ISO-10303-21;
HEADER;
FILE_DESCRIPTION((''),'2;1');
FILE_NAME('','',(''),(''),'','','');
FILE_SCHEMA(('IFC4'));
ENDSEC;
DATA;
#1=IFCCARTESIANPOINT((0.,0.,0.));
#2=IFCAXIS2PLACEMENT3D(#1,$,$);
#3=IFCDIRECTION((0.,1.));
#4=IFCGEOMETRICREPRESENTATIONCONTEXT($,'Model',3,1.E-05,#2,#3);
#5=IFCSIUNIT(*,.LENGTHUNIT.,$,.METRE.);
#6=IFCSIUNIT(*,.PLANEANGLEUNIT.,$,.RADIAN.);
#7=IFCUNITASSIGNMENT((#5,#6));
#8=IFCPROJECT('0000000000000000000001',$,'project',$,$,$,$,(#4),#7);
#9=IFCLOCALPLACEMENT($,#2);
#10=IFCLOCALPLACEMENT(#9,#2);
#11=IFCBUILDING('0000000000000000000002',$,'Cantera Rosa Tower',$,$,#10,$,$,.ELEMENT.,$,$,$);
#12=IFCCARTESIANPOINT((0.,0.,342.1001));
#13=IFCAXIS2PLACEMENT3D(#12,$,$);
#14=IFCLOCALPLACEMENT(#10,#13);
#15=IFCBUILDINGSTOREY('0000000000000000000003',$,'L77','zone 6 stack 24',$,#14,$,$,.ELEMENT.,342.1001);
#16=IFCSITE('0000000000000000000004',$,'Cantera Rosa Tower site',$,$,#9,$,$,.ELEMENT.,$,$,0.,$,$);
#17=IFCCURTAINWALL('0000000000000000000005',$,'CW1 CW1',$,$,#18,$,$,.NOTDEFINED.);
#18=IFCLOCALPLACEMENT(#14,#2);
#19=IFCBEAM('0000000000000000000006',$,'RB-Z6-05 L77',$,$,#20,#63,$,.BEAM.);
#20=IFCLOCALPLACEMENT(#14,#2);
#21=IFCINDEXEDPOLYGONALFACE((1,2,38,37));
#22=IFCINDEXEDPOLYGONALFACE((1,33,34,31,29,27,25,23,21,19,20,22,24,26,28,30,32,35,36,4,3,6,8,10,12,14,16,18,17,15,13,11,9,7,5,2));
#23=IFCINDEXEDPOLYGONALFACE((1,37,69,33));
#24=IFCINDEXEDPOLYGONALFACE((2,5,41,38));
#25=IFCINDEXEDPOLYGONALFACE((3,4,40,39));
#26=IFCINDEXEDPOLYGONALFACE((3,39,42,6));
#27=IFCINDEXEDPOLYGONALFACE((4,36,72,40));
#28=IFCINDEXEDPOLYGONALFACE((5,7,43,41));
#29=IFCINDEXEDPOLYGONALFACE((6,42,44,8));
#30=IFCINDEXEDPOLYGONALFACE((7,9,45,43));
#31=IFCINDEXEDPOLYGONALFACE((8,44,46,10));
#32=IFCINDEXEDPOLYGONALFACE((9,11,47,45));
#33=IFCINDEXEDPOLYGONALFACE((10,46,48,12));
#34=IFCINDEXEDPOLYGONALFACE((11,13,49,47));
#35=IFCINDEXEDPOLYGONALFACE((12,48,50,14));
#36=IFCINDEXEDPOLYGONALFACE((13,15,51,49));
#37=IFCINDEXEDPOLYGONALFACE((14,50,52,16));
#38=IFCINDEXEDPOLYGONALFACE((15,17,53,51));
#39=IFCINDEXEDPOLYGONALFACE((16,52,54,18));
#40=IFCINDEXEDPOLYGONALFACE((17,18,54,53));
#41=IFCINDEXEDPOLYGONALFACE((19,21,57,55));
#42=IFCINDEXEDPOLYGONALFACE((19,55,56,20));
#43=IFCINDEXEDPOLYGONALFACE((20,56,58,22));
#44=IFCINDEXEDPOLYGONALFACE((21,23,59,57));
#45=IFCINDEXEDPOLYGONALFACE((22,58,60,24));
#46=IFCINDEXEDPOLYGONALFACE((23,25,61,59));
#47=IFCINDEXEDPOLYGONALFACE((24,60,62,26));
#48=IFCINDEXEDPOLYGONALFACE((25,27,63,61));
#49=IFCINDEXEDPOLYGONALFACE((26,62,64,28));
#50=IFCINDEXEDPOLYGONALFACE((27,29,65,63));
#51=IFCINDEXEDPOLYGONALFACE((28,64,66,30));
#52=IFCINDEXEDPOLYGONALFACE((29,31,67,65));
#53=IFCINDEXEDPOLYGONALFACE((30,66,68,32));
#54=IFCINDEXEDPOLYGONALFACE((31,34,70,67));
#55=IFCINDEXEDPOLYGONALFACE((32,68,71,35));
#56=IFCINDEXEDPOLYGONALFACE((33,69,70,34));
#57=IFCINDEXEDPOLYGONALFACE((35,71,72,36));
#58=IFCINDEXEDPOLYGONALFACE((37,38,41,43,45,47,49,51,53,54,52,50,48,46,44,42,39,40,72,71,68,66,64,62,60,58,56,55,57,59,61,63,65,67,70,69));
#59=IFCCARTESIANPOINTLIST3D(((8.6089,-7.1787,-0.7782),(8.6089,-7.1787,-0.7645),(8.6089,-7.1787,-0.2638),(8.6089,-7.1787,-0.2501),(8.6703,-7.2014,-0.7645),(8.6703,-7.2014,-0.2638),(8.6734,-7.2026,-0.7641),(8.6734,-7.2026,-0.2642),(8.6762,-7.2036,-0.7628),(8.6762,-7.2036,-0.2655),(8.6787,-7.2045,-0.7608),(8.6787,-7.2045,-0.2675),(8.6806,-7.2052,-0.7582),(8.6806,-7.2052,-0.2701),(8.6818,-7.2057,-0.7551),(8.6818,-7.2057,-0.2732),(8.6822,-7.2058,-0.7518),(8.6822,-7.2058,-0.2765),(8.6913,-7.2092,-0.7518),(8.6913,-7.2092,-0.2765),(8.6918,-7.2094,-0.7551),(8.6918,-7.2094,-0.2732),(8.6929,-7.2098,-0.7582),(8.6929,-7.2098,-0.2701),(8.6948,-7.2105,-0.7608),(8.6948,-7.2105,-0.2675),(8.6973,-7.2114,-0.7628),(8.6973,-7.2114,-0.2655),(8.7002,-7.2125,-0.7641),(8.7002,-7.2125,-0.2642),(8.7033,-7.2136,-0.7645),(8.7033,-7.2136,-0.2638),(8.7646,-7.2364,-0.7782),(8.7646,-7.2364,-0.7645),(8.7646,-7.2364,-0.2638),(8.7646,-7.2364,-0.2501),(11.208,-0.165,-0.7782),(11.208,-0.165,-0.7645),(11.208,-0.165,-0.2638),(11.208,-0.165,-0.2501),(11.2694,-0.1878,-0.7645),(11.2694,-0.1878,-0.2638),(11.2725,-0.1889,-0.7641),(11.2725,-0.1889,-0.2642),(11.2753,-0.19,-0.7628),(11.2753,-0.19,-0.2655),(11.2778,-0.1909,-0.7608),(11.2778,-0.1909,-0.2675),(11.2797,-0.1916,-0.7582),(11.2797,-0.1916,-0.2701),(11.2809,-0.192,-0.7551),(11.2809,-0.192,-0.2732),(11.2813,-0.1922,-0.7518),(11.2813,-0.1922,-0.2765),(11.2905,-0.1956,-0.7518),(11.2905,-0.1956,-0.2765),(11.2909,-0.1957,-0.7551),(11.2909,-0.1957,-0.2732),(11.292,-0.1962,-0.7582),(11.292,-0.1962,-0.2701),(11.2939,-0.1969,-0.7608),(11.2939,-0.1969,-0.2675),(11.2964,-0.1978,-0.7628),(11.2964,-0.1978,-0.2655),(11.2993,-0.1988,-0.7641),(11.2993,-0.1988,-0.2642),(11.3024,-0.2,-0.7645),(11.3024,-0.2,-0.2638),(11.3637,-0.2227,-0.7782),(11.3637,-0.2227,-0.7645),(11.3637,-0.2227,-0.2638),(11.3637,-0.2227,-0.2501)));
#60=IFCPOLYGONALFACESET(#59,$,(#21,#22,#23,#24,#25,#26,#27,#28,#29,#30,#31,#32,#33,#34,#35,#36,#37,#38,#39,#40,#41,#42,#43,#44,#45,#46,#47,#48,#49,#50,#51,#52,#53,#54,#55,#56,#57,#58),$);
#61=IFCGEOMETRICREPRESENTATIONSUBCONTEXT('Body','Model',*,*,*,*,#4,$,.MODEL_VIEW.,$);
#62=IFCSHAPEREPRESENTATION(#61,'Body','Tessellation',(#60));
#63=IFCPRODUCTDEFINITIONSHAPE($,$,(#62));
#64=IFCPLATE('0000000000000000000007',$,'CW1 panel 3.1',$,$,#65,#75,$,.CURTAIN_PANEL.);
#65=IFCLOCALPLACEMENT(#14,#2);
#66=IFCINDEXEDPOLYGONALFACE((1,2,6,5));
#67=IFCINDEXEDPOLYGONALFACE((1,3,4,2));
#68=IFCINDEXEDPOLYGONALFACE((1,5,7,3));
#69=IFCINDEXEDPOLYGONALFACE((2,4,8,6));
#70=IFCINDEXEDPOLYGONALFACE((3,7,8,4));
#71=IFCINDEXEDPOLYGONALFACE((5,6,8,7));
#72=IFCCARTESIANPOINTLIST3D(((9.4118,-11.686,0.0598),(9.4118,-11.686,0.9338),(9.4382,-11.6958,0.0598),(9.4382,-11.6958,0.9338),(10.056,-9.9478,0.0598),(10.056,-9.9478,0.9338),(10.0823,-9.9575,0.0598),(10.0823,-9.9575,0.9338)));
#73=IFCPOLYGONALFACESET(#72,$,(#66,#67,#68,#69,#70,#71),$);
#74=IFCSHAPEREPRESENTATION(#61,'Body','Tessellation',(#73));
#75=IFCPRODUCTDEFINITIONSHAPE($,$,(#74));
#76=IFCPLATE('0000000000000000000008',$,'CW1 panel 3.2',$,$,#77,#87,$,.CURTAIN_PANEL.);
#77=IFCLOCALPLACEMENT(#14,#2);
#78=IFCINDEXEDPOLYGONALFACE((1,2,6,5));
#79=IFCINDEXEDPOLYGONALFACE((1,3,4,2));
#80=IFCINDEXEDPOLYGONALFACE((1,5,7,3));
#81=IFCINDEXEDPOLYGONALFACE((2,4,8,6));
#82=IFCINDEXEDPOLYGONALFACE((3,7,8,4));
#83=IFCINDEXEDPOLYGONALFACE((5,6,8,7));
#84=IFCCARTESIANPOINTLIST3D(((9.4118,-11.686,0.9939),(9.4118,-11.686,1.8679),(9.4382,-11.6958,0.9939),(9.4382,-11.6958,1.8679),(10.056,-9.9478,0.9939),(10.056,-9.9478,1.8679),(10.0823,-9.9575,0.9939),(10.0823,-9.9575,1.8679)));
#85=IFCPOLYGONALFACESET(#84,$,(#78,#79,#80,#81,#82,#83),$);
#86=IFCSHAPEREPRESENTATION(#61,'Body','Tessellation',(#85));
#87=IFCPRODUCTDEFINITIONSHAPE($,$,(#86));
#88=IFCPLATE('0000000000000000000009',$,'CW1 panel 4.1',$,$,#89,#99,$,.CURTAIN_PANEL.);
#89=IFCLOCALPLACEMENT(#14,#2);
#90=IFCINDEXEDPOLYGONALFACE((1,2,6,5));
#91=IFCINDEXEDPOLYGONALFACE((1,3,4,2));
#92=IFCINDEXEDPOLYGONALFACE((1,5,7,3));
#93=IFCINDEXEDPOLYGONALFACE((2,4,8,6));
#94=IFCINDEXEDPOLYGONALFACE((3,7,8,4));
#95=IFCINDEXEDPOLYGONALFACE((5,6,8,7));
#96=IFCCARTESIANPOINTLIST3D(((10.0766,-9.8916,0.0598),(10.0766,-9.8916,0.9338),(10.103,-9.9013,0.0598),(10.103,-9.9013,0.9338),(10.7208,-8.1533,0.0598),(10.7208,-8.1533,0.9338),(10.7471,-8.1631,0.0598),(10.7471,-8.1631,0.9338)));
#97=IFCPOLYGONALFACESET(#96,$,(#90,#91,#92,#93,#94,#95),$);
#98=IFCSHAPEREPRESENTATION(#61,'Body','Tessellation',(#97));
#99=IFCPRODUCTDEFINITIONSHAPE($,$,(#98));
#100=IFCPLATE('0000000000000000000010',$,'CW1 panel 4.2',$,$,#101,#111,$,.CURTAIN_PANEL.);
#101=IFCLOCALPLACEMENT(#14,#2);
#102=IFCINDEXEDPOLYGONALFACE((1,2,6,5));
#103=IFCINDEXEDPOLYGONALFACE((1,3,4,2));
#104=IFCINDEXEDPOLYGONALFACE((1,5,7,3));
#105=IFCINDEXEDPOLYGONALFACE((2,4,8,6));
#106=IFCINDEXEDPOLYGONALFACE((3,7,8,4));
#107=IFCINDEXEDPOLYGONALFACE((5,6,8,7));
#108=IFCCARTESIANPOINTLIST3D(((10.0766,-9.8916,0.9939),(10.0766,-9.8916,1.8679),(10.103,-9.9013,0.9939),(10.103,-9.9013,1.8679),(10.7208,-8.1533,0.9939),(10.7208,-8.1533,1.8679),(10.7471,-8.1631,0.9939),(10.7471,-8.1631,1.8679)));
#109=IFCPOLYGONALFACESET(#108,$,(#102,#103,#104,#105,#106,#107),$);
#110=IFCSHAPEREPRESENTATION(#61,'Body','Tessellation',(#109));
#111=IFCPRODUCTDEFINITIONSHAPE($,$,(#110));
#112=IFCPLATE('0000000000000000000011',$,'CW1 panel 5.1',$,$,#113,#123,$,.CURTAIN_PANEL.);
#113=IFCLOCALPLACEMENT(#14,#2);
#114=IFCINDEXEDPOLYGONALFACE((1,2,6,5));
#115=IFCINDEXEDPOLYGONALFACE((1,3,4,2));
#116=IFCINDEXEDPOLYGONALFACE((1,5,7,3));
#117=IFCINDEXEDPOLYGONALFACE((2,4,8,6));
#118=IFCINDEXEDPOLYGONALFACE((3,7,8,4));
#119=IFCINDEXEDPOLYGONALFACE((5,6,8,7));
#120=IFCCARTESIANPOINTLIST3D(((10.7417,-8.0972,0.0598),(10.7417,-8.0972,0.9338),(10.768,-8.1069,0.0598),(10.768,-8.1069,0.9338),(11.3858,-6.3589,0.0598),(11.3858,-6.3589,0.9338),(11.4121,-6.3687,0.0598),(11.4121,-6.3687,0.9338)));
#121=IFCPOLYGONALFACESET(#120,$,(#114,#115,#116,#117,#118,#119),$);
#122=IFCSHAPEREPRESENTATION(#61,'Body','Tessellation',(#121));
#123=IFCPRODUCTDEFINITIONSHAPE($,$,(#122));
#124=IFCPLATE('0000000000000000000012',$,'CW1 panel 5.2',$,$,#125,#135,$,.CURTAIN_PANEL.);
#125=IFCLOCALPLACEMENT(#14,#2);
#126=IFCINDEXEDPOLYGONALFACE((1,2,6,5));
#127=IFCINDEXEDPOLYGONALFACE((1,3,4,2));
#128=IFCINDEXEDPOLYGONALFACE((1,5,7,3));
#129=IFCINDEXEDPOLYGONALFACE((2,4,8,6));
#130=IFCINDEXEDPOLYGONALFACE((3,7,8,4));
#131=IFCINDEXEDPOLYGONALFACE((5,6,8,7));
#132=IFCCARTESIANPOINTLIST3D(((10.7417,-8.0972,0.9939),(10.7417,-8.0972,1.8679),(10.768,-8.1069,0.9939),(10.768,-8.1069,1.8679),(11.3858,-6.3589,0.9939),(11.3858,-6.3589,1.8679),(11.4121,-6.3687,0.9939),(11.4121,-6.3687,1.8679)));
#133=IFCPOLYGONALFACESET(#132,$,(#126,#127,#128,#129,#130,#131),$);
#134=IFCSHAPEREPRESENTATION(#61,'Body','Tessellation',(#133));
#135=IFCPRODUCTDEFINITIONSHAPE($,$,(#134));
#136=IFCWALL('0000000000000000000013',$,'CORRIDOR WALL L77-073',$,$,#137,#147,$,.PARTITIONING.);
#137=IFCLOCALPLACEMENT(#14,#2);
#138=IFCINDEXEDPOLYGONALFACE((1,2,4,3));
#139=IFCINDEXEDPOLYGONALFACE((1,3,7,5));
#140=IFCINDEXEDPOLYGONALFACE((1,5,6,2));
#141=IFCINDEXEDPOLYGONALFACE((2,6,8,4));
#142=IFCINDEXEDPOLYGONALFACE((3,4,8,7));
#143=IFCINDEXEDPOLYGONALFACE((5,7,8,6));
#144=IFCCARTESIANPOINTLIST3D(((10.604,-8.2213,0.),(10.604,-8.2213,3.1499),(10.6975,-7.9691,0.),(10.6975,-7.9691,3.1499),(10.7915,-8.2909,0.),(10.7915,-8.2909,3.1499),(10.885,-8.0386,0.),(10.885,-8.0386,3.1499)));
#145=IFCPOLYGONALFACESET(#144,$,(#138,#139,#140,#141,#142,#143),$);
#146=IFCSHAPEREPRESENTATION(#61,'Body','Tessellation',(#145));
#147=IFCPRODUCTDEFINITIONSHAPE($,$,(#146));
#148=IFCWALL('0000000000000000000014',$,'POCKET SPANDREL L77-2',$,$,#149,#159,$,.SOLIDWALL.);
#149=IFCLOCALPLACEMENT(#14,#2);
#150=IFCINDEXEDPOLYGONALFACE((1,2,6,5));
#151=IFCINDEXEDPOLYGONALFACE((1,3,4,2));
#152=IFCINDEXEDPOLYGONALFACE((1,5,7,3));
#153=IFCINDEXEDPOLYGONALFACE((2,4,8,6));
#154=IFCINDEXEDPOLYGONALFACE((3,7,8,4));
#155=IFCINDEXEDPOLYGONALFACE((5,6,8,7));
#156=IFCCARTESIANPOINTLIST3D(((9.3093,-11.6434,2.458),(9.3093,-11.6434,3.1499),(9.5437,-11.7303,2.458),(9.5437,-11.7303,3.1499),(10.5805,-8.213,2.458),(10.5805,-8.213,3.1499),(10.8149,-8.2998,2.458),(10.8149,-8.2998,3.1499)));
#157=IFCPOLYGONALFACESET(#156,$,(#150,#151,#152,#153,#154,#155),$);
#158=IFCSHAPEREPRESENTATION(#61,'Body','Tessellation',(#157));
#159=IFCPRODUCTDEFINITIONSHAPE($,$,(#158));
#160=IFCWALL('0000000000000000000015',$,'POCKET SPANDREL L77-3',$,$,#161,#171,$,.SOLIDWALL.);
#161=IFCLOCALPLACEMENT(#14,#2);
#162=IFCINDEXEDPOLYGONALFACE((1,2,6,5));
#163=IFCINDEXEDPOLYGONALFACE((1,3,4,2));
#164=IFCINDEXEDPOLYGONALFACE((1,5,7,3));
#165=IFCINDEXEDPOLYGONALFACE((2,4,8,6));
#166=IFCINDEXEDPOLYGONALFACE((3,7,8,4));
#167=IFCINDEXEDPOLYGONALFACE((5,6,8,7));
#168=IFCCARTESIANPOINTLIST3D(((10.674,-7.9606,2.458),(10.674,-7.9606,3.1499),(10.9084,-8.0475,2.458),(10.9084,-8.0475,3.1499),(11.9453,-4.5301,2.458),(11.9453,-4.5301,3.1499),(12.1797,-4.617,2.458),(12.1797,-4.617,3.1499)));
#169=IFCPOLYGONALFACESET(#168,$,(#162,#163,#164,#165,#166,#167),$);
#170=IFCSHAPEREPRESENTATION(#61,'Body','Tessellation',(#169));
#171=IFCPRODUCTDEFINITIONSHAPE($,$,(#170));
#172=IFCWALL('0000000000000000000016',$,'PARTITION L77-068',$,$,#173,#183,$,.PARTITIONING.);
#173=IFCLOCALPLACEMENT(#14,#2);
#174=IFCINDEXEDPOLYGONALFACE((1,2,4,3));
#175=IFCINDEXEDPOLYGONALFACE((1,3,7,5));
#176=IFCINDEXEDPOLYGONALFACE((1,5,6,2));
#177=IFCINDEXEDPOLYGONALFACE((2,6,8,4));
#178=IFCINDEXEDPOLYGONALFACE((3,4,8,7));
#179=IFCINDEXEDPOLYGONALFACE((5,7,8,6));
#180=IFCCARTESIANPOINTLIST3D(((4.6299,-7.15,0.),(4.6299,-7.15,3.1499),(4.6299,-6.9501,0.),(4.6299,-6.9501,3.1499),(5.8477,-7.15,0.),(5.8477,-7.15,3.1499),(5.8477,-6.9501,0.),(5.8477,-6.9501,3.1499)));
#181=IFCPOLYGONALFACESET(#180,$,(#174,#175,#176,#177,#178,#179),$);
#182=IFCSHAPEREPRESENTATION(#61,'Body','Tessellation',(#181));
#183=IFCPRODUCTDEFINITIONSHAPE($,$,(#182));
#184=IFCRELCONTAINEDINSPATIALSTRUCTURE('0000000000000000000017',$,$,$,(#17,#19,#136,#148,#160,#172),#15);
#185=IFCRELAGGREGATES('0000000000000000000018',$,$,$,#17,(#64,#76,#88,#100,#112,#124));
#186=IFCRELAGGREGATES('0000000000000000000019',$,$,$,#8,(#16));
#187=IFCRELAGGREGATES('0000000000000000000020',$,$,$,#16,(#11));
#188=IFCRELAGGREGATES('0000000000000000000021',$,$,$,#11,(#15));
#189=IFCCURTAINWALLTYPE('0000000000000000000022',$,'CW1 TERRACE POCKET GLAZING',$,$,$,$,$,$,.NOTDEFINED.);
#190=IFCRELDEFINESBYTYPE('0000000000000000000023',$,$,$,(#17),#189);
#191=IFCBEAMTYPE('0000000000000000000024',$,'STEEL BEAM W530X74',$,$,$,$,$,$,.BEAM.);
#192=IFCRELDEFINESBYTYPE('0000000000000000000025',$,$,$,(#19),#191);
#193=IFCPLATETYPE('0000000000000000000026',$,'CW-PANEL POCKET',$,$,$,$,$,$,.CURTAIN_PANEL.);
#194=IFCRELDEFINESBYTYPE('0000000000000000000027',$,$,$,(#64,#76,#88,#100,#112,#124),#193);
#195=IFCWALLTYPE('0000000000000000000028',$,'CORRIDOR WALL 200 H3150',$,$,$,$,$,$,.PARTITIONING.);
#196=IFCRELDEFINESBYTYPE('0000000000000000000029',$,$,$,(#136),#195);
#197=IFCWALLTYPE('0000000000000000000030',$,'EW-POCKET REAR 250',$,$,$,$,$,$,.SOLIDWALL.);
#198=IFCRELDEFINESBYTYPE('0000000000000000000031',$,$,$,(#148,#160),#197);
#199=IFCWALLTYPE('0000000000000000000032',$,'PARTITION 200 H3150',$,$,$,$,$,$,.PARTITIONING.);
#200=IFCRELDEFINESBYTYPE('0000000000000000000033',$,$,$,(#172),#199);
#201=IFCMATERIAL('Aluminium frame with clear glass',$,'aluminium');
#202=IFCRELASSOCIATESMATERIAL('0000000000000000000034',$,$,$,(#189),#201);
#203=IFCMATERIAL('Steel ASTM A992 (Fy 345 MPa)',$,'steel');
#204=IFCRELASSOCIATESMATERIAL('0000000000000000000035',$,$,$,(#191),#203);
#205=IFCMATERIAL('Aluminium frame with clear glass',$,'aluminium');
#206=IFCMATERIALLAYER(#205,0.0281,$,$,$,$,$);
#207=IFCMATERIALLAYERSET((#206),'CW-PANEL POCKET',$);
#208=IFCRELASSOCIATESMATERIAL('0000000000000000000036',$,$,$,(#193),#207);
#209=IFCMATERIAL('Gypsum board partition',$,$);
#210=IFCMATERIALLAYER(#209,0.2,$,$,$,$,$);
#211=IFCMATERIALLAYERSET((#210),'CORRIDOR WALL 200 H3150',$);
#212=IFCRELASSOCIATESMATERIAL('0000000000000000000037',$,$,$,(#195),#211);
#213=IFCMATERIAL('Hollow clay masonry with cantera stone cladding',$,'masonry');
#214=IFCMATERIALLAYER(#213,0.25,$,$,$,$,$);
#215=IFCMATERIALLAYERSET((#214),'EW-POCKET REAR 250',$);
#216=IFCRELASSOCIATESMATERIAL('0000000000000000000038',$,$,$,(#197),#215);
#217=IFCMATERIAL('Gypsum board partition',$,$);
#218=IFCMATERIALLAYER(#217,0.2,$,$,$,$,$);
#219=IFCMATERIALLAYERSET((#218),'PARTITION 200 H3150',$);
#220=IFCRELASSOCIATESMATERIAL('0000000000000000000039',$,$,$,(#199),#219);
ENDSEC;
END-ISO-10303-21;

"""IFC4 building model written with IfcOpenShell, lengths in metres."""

from ifc_helpers import new_model, si_unit, direction, frame, frame_2d, origin, origin_2d, place, context, subcontext, project, spatial, rectangle, i_section, extrude, material, layer, layer_set, material_profile, profile_set, type_object, element, aggregate, save


model = new_model("IFC4")

# Units and contexts
model_context = context("Model", 3, precision=1e-05, world=origin(), true_north=direction((0.0, 1.0)))
body_context = subcontext(model_context, "Body", "Model", "MODEL_VIEW")
ifc_project = project(units=[si_unit("LENGTHUNIT", "METRE"), si_unit("PLANEANGLEUNIT", "RADIAN")], contexts=[model_context])

# Site, building, storey
site_placement = place(None, origin())
site = spatial("IfcSite", under=ifc_project, at=site_placement, Name="Cantera Rosa Tower site", CompositionType="ELEMENT", RefElevation=0.0)
building_placement = place(site_placement, origin())
building = spatial("IfcBuilding", under=site, at=building_placement, Name="Cantera Rosa Tower", CompositionType="ELEMENT")
storey_placement = place(building_placement, frame((0.0, 0.0, 342.1001)))
storey = spatial("IfcBuildingStorey", under=building, at=storey_placement, Name="L77", Description="zone 6 stack 24", CompositionType="ELEMENT", Elevation=342.1001)

# Curtain wall
ifc_material_1 = material(Name="Aluminium frame with clear glass", Category="aluminium")
curtain_wall_type = type_object("IfcCurtainWallType", Name="CW1 TERRACE POCKET GLAZING", PredefinedType="NOTDEFINED", material=ifc_material_1)
curtain_wall_placement = place(storey_placement, origin())
curtain_wall = element("IfcCurtainWall", 1, at=curtain_wall_placement, inside=storey, type_object=curtain_wall_type, Name="CW1 CW1", PredefinedType="NOTDEFINED")

# Beam
ifc_material_2 = material(Name="Steel ASTM A992 (Fy 345 MPa)", Category="steel")
ifc_material_profile_1 = material_profile(ifc_material_2, i_section(OverallWidth=0.166, OverallDepth=0.5281, WebThickness=0.0098, FlangeThickness=0.0137, FilletRadius=0.0127, at=origin_2d()), Name="W530X74")
ifc_profile_set_1 = profile_set([ifc_material_profile_1], Name="Steel ASTM A992 (Fy 345 MPa)")
beam_type = type_object("IfcBeamType", Name="STEEL BEAM W530X74", PredefinedType="BEAM", material=ifc_profile_set_1)
beam_placement = place(storey_placement, frame((8.6868, -7.2075, -0.5142), z_axis=(0.347487, 0.937685, 0.0), x_axis=(-0.937685, 0.347487, 0.0)))
element("IfcBeam", 2, at=beam_placement, inside=storey, type_object=beam_type, Name="RB-Z6-05 L77", PredefinedType="BEAM", context=body_context, shape_type="SweptSolid", body=[
    extrude(i_section(OverallWidth=0.166, OverallDepth=0.5281, WebThickness=0.0098, FlangeThickness=0.0137, FilletRadius=0.0127, at=origin_2d()), origin(), (0.0, 0.0, 1.0), 7.4797),
])

# Plates
ifc_material_3 = material(Name="Aluminium frame with clear glass", Category="aluminium")
ifc_layer_1 = layer(ifc_material_3, 0.0281)
ifc_layer_set_1 = layer_set([ifc_layer_1], Name="CW-PANEL POCKET")
plate_type = type_object("IfcPlateType", Name="CW-PANEL POCKET", PredefinedType="CURTAIN_PANEL", material=ifc_layer_set_1)
plate_1_placement = place(storey_placement, frame((9.7471, -10.8218, 0.0598), z_axis=(0.0, 0.0, 1.0), x_axis=(0.347481, 0.937687, 0.0)))
plate_1 = element("IfcPlate", 3, at=plate_1_placement, type_object=plate_type, Name="CW1 panel 3.1", PredefinedType="CURTAIN_PANEL", context=body_context, shape_type="SweptSolid", body=[
    extrude(rectangle(XDim=1.8538, YDim=0.0281, at=origin_2d()), origin(), (0.0, 0.0, 1.0), 0.874),
])
plate_2_placement = place(storey_placement, frame((9.7471, -10.8218, 0.9939), z_axis=(0.0, 0.0, 1.0), x_axis=(0.347481, 0.937687, 0.0)))
plate_2 = element("IfcPlate", 4, at=plate_2_placement, type_object=plate_type, Name="CW1 panel 3.2", PredefinedType="CURTAIN_PANEL", context=body_context, shape_type="SweptSolid", body=[
    extrude(rectangle(XDim=1.8538, YDim=0.0281, at=origin_2d()), origin(), (0.0, 0.0, 1.0), 0.874),
])
plate_3_placement = place(storey_placement, frame((10.4119, -9.0273, 0.0598), z_axis=(0.0, 0.0, 1.0), x_axis=(0.347481, 0.937687, 0.0)))
plate_3 = element("IfcPlate", 5, at=plate_3_placement, type_object=plate_type, Name="CW1 panel 4.1", PredefinedType="CURTAIN_PANEL", context=body_context, shape_type="SweptSolid", body=[
    extrude(rectangle(XDim=1.8538, YDim=0.0281, at=origin_2d()), origin(), (0.0, 0.0, 1.0), 0.874),
])
plate_4_placement = place(storey_placement, frame((10.4119, -9.0273, 0.9939), z_axis=(0.0, 0.0, 1.0), x_axis=(0.347481, 0.937687, 0.0)))
plate_4 = element("IfcPlate", 6, at=plate_4_placement, type_object=plate_type, Name="CW1 panel 4.2", PredefinedType="CURTAIN_PANEL", context=body_context, shape_type="SweptSolid", body=[
    extrude(rectangle(XDim=1.8538, YDim=0.0281, at=origin_2d()), origin(), (0.0, 0.0, 1.0), 0.874),
])
plate_5_placement = place(storey_placement, frame((11.0769, -7.2329, 0.0598), z_axis=(0.0, 0.0, 1.0), x_axis=(0.347481, 0.937687, 0.0)))
plate_5 = element("IfcPlate", 7, at=plate_5_placement, type_object=plate_type, Name="CW1 panel 5.1", PredefinedType="CURTAIN_PANEL", context=body_context, shape_type="SweptSolid", body=[
    extrude(rectangle(XDim=1.8538, YDim=0.0281, at=origin_2d()), origin(), (0.0, 0.0, 1.0), 0.874),
])
plate_6_placement = place(storey_placement, frame((11.0769, -7.2329, 0.9939), z_axis=(0.0, 0.0, 1.0), x_axis=(0.347481, 0.937687, 0.0)))
plate_6 = element("IfcPlate", 8, at=plate_6_placement, type_object=plate_type, Name="CW1 panel 5.2", PredefinedType="CURTAIN_PANEL", context=body_context, shape_type="SweptSolid", body=[
    extrude(rectangle(XDim=1.8538, YDim=0.0281, at=origin_2d()), origin(), (0.0, 0.0, 1.0), 0.874),
])
aggregate(curtain_wall, [plate_1, plate_2, plate_3, plate_4, plate_5, plate_6])

# Walls
ifc_material_4 = material(Name="Gypsum board partition")
ifc_layer_2 = layer(ifc_material_4, 0.2)
ifc_layer_set_2 = layer_set([ifc_layer_2], Name="CORRIDOR WALL 200 H3150")
wall_type_1 = type_object("IfcWallType", Name="CORRIDOR WALL 200 H3150", PredefinedType="PARTITIONING", material=ifc_layer_set_2)
wall_1_placement = place(storey_placement, frame((10.6978, -8.2561, 0.0), z_axis=(0.0, 0.0, 1.0), x_axis=(0.34764, 0.937628, 0.0)))
element("IfcWall", 9, at=wall_1_placement, inside=storey, type_object=wall_type_1, Name="CORRIDOR WALL L77-073", PredefinedType="PARTITIONING", context=body_context, shape_type="SweptSolid", body=[
    extrude(rectangle(XDim=0.269, YDim=0.2, at=frame_2d((0.1345, 0.0))), origin(), (0.0, 0.0, 1.0), 3.1499),
])
ifc_material_5 = material(Name="Hollow clay masonry with cantera stone cladding", Category="masonry")
ifc_layer_3 = layer(ifc_material_5, 0.25)
ifc_layer_set_3 = layer_set([ifc_layer_3], Name="EW-POCKET REAR 250")
wall_type_2 = type_object("IfcWallType", Name="EW-POCKET REAR 250", PredefinedType="SOLIDWALL", material=ifc_layer_set_3)
for number, where, z_axis, x_axis, name in (
    (10, (9.4265, -11.6868, 2.458), (0.0, 0.0, 1.0), (0.347486, 0.937685, 0.0), "POCKET SPANDREL L77-2"),
    (11, (10.7913, -8.0039, 2.458), (0.0, 0.0, 1.0), (0.347486, 0.937685, 0.0), "POCKET SPANDREL L77-3"),
):
    element("IfcWall", number, at=place(storey_placement, frame(where, z_axis=z_axis, x_axis=x_axis)), inside=storey, type_object=wall_type_2, Name=name, PredefinedType="SOLIDWALL", context=body_context, shape_type="SweptSolid", body=[
        extrude(rectangle(XDim=3.6584, YDim=0.25, at=frame_2d((1.8291, 0.0))), origin(), (0.0, 0.0, 1.0), 0.6919),
    ])
ifc_material_6 = material(Name="Gypsum board partition")
ifc_layer_4 = layer(ifc_material_6, 0.2)
ifc_layer_set_4 = layer_set([ifc_layer_4], Name="PARTITION 200 H3150")
wall_type_3 = type_object("IfcWallType", Name="PARTITION 200 H3150", PredefinedType="PARTITIONING", material=ifc_layer_set_4)
wall_2_placement = place(storey_placement, frame((5.8477, -7.05, 0.0), z_axis=(0.0, 0.0, 1.0), x_axis=(-1.0, 0.0, 0.0)))
element("IfcWall", 12, at=wall_2_placement, inside=storey, type_object=wall_type_3, Name="PARTITION L77-068", PredefinedType="PARTITIONING", context=body_context, shape_type="SweptSolid", body=[
    extrude(rectangle(XDim=1.2178, YDim=0.2, at=frame_2d((0.6089, 0.0))), origin(), (0.0, 0.0, 1.0), 3.1499),
])

save(model, "model.ifc")
